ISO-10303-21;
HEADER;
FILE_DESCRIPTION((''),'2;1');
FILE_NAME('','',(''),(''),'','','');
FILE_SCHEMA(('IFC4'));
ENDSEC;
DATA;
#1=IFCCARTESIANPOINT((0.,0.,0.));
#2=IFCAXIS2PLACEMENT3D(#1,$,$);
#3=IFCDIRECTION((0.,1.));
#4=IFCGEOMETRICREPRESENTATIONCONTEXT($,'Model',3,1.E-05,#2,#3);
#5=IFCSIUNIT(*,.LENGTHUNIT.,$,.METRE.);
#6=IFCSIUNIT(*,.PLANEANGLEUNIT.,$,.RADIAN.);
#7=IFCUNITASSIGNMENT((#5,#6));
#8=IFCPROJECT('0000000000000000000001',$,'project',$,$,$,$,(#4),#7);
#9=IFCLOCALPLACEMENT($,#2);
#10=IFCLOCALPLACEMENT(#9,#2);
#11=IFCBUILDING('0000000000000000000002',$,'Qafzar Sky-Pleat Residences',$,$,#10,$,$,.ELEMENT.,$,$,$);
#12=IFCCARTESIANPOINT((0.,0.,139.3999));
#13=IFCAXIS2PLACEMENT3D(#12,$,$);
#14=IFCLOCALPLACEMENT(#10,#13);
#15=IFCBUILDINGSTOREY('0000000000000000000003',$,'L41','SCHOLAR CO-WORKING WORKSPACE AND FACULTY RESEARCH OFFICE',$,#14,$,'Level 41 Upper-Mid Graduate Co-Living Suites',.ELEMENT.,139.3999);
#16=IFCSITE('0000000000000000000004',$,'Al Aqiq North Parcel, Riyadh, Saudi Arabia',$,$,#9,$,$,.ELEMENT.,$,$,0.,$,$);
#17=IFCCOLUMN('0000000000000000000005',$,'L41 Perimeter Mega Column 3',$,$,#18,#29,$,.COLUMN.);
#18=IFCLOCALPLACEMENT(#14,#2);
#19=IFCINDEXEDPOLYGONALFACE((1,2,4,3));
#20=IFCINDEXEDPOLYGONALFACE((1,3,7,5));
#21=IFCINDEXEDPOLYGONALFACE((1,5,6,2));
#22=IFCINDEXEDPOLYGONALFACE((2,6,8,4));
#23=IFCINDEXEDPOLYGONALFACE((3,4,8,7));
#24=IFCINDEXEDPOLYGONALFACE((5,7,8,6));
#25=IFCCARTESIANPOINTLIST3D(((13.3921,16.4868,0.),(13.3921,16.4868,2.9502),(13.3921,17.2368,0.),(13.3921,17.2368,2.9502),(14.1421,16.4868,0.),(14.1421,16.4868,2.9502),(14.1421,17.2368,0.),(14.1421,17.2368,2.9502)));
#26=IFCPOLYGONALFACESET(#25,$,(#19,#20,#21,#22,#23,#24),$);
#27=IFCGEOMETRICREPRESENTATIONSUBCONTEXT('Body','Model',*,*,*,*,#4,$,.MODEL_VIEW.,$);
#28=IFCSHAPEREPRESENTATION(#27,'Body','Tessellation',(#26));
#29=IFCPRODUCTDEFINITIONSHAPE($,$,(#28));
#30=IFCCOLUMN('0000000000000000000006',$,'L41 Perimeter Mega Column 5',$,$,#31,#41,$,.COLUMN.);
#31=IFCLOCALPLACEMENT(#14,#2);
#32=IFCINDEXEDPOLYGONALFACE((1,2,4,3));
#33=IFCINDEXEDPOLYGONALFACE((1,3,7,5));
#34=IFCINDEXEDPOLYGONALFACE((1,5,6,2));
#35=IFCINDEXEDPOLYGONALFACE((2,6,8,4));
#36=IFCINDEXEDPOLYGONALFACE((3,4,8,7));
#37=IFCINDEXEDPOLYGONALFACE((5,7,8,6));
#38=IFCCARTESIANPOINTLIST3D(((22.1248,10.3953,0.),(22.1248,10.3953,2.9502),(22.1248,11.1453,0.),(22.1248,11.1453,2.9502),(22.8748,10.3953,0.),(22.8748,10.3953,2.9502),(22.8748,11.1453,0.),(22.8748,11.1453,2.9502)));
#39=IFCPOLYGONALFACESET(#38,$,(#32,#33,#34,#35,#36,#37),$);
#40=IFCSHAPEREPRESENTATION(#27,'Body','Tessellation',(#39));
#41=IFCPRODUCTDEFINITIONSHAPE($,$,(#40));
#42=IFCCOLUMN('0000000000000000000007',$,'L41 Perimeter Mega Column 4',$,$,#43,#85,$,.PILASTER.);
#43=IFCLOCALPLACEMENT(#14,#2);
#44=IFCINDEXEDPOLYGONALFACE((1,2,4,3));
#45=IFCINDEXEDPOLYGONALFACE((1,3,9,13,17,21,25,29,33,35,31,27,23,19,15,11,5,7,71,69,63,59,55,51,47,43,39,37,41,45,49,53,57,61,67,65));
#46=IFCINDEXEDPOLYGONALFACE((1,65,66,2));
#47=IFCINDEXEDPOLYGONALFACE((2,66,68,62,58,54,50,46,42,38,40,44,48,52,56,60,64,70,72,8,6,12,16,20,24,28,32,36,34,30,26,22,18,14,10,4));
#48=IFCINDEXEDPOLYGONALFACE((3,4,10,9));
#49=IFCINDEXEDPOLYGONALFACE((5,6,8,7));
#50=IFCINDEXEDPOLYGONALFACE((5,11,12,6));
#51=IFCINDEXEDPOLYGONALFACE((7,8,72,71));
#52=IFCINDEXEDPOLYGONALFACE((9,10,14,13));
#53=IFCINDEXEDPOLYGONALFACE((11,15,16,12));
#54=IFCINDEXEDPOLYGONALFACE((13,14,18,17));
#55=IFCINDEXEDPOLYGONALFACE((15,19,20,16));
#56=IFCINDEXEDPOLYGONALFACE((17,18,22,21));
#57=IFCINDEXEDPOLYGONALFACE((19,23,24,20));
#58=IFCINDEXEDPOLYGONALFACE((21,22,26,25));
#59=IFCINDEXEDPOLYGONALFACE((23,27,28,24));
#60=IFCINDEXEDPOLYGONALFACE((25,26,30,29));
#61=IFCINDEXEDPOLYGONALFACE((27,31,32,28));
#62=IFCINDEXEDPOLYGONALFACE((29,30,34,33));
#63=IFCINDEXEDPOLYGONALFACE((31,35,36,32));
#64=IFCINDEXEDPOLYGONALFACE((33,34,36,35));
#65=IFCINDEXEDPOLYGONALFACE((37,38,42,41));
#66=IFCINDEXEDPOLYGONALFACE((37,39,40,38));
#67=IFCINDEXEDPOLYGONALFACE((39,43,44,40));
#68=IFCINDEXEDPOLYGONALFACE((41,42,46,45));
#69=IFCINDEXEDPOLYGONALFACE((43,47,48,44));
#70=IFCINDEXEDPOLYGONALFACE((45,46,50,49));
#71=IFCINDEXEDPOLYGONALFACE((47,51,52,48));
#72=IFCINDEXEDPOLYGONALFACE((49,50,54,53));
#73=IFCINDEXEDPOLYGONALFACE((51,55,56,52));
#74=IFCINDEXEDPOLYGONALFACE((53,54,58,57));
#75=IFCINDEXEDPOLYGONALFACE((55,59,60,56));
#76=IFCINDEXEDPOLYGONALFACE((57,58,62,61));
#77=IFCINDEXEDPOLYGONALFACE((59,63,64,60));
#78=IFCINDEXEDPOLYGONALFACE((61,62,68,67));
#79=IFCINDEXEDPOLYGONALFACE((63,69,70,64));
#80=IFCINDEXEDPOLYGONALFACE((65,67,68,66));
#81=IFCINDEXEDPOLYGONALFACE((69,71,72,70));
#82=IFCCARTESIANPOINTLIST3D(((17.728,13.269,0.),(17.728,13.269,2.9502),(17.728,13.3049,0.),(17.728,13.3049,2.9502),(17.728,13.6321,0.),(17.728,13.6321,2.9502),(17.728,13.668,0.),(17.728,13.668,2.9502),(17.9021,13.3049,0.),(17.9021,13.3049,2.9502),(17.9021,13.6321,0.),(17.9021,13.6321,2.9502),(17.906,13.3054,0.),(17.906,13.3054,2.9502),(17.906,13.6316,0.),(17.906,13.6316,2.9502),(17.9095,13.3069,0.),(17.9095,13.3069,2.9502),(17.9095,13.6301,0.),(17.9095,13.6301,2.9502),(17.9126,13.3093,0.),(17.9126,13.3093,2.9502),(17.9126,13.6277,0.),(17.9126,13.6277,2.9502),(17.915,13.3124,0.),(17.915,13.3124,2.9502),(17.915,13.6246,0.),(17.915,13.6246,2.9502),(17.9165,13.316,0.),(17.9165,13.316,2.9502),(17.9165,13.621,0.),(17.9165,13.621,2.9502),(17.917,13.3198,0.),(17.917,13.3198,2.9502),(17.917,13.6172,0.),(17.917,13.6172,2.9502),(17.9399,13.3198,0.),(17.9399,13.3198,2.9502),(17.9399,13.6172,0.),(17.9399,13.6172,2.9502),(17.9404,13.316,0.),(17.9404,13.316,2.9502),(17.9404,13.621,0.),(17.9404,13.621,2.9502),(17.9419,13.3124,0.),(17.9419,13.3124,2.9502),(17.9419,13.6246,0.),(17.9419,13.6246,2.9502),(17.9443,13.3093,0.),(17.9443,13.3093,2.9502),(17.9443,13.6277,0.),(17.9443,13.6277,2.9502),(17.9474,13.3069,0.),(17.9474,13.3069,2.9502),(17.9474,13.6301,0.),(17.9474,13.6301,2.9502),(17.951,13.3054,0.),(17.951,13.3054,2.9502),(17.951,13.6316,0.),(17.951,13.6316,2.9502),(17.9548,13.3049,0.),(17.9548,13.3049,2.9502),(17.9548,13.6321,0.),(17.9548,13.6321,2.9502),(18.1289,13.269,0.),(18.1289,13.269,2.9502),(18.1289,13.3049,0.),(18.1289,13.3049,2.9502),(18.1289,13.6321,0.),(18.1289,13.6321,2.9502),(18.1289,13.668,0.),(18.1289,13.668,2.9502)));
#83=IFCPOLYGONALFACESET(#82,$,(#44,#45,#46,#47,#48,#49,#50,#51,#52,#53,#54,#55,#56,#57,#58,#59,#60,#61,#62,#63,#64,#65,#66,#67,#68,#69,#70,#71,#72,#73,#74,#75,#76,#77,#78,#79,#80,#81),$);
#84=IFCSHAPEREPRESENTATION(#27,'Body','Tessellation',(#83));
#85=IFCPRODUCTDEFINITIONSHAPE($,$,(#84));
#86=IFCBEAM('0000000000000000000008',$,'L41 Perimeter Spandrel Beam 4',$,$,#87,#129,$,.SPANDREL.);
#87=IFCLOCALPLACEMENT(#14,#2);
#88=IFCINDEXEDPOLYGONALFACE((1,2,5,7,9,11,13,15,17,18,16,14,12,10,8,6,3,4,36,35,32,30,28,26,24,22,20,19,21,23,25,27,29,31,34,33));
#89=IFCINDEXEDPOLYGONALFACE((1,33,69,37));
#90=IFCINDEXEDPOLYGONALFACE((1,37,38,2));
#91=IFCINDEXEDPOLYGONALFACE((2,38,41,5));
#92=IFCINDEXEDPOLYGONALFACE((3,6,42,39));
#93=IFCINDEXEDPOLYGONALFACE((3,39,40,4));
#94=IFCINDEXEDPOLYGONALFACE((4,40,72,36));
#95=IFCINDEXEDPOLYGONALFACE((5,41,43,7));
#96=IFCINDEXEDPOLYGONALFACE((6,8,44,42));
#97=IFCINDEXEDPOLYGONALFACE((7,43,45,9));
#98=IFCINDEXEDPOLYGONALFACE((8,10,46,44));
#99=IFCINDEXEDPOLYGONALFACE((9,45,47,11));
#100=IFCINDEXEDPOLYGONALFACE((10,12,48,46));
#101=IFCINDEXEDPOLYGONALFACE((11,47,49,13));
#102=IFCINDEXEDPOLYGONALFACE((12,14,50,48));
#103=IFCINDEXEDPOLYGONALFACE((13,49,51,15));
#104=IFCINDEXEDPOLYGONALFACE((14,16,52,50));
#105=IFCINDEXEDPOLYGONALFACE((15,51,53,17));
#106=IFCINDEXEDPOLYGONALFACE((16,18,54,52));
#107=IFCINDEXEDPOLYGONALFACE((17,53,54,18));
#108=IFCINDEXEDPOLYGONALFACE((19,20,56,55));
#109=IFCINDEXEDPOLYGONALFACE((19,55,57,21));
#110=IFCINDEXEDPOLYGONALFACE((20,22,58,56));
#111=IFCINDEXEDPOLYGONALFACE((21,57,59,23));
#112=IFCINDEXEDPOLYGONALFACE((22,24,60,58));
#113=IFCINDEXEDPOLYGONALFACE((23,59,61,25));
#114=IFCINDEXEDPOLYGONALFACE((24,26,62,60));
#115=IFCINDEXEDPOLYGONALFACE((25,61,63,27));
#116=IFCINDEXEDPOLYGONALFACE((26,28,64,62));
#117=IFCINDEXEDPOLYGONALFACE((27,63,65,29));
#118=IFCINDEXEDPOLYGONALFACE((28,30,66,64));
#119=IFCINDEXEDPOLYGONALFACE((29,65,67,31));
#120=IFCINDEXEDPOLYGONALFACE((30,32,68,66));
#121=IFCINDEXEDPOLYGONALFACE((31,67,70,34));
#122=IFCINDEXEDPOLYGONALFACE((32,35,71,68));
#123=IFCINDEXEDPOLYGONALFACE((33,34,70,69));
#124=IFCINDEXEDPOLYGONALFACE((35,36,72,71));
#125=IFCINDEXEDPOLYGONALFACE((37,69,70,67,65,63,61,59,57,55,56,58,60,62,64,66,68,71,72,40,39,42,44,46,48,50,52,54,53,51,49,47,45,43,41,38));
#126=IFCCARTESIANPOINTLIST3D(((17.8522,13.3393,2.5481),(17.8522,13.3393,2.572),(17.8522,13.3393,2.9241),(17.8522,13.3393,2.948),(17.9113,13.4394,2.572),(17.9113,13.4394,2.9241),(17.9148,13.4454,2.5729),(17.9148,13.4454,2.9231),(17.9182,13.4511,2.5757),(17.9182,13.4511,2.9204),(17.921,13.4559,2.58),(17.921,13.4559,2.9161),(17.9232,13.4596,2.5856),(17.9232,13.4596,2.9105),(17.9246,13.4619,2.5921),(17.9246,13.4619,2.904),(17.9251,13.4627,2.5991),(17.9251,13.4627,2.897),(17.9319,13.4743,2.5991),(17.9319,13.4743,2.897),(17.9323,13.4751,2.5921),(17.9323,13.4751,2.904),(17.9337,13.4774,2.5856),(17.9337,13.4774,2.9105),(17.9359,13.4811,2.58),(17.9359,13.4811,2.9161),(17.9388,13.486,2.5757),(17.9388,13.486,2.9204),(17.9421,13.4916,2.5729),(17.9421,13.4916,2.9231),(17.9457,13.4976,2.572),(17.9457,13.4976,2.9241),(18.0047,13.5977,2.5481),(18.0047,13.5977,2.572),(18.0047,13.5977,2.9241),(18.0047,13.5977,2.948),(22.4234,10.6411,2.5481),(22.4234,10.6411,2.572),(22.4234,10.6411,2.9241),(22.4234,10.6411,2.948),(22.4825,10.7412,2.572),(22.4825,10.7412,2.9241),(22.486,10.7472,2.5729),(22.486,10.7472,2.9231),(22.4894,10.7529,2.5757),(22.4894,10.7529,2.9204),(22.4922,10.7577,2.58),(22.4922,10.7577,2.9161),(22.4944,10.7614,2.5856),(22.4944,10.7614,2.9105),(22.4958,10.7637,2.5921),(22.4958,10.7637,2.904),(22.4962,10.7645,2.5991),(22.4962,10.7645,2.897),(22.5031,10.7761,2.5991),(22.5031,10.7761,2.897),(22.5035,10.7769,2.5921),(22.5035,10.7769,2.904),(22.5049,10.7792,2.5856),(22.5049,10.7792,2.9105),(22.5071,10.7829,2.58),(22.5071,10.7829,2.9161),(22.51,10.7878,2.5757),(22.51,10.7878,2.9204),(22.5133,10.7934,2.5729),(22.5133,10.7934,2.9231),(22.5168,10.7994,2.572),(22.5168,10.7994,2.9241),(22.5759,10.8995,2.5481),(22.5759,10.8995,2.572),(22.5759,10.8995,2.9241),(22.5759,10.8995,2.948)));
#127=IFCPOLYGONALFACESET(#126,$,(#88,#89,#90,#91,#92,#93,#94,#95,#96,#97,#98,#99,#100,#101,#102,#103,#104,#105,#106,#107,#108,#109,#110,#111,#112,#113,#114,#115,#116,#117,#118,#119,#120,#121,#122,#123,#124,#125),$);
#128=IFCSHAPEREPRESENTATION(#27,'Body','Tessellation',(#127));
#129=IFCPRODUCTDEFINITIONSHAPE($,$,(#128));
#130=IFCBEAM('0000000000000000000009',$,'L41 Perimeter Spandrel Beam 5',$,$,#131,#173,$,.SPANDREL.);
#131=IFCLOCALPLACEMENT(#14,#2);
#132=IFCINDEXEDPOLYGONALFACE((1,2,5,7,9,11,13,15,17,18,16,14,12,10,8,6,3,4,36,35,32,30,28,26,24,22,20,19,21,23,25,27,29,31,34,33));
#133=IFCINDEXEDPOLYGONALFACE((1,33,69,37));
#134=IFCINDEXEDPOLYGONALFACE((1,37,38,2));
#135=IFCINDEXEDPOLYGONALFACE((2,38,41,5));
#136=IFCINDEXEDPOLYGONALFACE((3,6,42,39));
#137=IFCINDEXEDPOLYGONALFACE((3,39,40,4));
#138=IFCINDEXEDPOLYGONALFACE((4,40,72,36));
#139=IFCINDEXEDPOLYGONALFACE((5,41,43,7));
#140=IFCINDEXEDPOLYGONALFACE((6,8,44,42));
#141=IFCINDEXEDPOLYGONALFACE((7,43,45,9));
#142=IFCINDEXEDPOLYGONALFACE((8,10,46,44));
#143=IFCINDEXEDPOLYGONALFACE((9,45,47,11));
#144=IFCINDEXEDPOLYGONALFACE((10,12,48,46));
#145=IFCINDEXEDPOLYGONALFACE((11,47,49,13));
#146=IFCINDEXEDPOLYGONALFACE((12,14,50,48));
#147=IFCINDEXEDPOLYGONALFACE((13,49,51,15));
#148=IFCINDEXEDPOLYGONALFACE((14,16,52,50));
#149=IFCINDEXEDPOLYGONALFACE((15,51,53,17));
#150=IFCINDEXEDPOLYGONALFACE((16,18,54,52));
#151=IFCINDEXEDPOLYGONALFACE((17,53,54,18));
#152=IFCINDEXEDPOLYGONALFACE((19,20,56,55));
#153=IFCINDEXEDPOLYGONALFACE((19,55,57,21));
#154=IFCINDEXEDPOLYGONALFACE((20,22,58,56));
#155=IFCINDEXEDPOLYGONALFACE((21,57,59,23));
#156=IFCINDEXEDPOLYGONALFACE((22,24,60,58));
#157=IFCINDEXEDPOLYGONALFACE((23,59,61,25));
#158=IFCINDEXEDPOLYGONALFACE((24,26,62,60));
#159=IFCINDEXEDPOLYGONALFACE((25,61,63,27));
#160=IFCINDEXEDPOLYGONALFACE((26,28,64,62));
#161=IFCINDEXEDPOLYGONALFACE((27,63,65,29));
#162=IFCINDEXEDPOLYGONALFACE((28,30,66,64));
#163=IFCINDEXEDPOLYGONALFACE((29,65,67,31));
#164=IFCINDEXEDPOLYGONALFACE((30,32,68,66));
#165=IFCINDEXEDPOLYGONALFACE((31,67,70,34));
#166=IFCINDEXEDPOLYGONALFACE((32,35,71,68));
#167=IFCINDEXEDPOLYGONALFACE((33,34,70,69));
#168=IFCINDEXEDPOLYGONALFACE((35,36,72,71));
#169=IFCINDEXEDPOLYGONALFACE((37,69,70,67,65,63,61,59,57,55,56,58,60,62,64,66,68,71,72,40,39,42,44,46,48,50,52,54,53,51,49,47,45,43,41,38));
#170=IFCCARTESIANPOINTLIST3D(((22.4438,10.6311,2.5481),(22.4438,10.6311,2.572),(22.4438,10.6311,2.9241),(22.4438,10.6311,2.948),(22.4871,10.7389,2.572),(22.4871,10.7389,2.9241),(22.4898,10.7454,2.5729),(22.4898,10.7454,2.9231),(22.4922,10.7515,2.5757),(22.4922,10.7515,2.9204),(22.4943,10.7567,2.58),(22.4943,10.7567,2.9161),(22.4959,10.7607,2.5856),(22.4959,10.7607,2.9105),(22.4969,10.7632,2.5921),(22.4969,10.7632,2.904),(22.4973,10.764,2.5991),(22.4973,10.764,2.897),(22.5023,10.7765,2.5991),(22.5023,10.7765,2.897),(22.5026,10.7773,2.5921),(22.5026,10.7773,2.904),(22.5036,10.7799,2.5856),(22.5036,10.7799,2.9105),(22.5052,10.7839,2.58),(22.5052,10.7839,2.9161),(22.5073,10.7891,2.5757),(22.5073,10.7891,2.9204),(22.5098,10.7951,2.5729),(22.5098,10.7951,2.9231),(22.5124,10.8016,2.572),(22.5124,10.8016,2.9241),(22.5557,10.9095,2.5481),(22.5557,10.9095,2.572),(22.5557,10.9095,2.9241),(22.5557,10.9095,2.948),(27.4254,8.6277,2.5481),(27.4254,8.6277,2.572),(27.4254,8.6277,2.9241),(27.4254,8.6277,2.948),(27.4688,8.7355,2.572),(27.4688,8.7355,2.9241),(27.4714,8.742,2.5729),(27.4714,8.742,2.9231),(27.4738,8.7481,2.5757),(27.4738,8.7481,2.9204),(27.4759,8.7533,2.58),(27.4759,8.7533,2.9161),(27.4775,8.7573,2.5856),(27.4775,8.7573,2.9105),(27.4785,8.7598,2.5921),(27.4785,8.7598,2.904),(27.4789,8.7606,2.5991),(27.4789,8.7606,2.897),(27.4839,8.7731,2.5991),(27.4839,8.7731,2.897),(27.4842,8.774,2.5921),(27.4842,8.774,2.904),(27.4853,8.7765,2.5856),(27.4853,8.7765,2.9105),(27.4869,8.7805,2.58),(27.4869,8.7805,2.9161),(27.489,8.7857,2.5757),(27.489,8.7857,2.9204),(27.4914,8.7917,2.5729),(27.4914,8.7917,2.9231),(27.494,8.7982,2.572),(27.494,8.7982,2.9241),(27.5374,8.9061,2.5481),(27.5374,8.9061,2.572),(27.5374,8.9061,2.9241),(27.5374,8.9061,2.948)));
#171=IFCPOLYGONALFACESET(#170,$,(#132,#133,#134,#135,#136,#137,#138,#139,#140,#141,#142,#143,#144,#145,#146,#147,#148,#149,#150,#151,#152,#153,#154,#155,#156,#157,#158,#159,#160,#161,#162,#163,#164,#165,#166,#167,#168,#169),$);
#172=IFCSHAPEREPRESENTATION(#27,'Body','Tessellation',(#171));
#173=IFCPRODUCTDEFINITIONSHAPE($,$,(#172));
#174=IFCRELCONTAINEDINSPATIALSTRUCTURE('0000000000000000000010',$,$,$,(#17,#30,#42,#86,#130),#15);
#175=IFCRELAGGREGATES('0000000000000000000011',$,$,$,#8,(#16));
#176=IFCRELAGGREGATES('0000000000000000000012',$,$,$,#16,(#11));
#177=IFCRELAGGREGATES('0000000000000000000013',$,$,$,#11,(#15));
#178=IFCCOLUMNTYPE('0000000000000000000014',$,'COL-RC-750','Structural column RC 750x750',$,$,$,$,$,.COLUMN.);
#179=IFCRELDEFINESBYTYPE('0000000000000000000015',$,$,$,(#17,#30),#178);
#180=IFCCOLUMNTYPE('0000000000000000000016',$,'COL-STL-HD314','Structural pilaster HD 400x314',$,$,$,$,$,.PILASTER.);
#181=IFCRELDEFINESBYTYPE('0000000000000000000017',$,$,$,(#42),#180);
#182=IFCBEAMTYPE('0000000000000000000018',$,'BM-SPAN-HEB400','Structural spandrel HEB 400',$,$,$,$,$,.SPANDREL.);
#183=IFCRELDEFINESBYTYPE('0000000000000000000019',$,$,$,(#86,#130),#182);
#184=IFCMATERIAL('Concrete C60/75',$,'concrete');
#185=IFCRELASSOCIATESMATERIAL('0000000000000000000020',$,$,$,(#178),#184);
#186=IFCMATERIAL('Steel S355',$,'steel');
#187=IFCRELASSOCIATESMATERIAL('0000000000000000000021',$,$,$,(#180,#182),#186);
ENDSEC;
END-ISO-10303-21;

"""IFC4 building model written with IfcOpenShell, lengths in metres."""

from ifc_helpers import new_model, si_unit, direction, frame, origin, origin_2d, place, context, subcontext, project, spatial, rectangle, i_section, extrude, source, transform, mapped, material, material_profile, profile_set, type_object, element, save


model = new_model("IFC4")

# Units and contexts
model_context = context("Model", 3, precision=1e-05, world=origin(), true_north=direction((0.0, 1.0)))
body_context = subcontext(model_context, "Body", "Model", "MODEL_VIEW")
ifc_project = project(units=[si_unit("LENGTHUNIT", "METRE"), si_unit("PLANEANGLEUNIT", "RADIAN")], contexts=[model_context])

# Site, building, storey
site_placement = place(None, origin())
site = spatial("IfcSite", under=ifc_project, at=site_placement, Name="Al Aqiq North Parcel, Riyadh, Saudi Arabia", CompositionType="ELEMENT", RefElevation=0.0)
building_placement = place(site_placement, origin())
building = spatial("IfcBuilding", under=site, at=building_placement, Name="Qafzar Sky-Pleat Residences", CompositionType="ELEMENT")
storey_placement = place(building_placement, frame((0.0, 0.0, 139.3999)))
storey = spatial("IfcBuildingStorey", under=building, at=storey_placement, Name="L41", Description="SCHOLAR CO-WORKING WORKSPACE AND FACULTY RESEARCH OFFICE", LongName="Level 41 Upper-Mid Graduate Co-Living Suites", CompositionType="ELEMENT", Elevation=139.3999)

# Columns
ifc_material_1 = material(Name="Concrete C60/75", Category="concrete")
ifc_material_profile_1 = material_profile(ifc_material_1, rectangle(XDim=0.75, YDim=0.75, at=origin_2d()), Name="RC 750x750")
ifc_profile_set_1 = profile_set([ifc_material_profile_1], Name="Concrete C60/75")
column_type_1 = type_object("IfcColumnType", Name="COL-RC-750", Description="Structural column RC 750x750", PredefinedType="COLUMN", material=ifc_profile_set_1)
shared_shape_1 = source(origin(), body_context, "Body", "SweptSolid", [
    extrude(rectangle(XDim=0.75, YDim=0.75, at=origin_2d()), origin(), (0.0, 0.0, 1.0), 2.9502),
])
for number, where, z_axis, x_axis, name in (
    (1, (13.7671, 16.8618, 0.0), (0.0, 0.0, 1.0), (1.0, 0.0, 0.0), "L41 Perimeter Mega Column 3"),
    (2, (22.4998, 10.7703, 0.0), (0.0, 0.0, 1.0), (1.0, 0.0, 0.0), "L41 Perimeter Mega Column 5"),
):
    element("IfcColumn", number, at=place(storey_placement, frame(where, z_axis=z_axis, x_axis=x_axis)), inside=storey, type_object=column_type_1, Name=name, PredefinedType="COLUMN", context=body_context, shape_type="MappedRepresentation", body=[
        mapped(shared_shape_1, transform((0.0, 0.0, 0.0), x_axis=(1.0, 0.0, 0.0), y_axis=(0.0, 1.0, 0.0), z_axis=(0.0, 0.0, 1.0), scale=1.0)),
    ])
ifc_material_2 = material(Name="Steel S355", Category="steel")
ifc_material_profile_2 = material_profile(ifc_material_2, i_section(OverallWidth=0.4009, OverallDepth=0.3989, WebThickness=0.0229, FlangeThickness=0.0359, FilletRadius=0.0149, at=origin_2d()), Name="HD 400x314")
ifc_profile_set_2 = profile_set([ifc_material_profile_2], Name="Steel S355")
column_type_2 = type_object("IfcColumnType", Name="COL-STL-HD314", Description="Structural pilaster HD 400x314", PredefinedType="PILASTER", material=ifc_profile_set_2)
shared_shape_2 = source(origin(), body_context, "Body", "SweptSolid", [
    extrude(i_section(OverallWidth=0.4009, OverallDepth=0.3989, WebThickness=0.0229, FlangeThickness=0.0359, FilletRadius=0.0149, at=origin_2d()), origin(), (0.0, 0.0, 1.0), 2.9502),
])
column_placement = place(storey_placement, frame((17.9285, 13.4685, 0.0), z_axis=(0.0, 0.0, 1.0), x_axis=(1.0, 0.0, 0.0)))
element("IfcColumn", 3, at=column_placement, inside=storey, type_object=column_type_2, Name="L41 Perimeter Mega Column 4", PredefinedType="PILASTER", context=body_context, shape_type="MappedRepresentation", body=[
    mapped(shared_shape_2, transform((0.0, 0.0, 0.0), x_axis=(1.0, 0.0, 0.0), y_axis=(0.0, 1.0, 0.0), z_axis=(0.0, 0.0, 1.0), scale=1.0)),
])

# Beams
ifc_material_profile_3 = material_profile(ifc_material_2, i_section(OverallWidth=0.3, OverallDepth=0.3999, WebThickness=0.0134, FlangeThickness=0.0239, FilletRadius=0.0271, at=origin_2d()), Name="HEB 400")
ifc_profile_set_3 = profile_set([ifc_material_profile_3], Name="Steel S355")
beam_type_1 = type_object("IfcBeamType", Name="BM-SPAN-HEB400", Description="Structural spandrel HEB 400", PredefinedType="SPANDREL", material=ifc_profile_set_3)
shared_shape_3 = source(origin(), body_context, "Body", "SweptSolid", [
    extrude(i_section(OverallWidth=0.3, OverallDepth=0.3999, WebThickness=0.0134, FlangeThickness=0.0239, FilletRadius=0.0271, at=origin_2d()), origin(), (0.0, 0.0, 1.0), 5.3081),
])
beam_1_placement = place(storey_placement, frame((17.9285, 13.4685, 2.748), z_axis=(0.861172, -0.508314, 0.0), x_axis=(0.508314, 0.861172, 0.0)))
element("IfcBeam", 4, at=beam_1_placement, inside=storey, type_object=beam_type_1, Name="L41 Perimeter Spandrel Beam 4", PredefinedType="SPANDREL", context=body_context, shape_type="MappedRepresentation", body=[
    mapped(shared_shape_3, transform((0.0, 0.0, 0.0), x_axis=(1.0, 0.0, 0.0), y_axis=(0.0, 1.0, 0.0), z_axis=(0.0, 0.0, 1.0), scale=1.0)),
])
shared_shape_4 = source(origin(), body_context, "Body", "SweptSolid", [
    extrude(i_section(OverallWidth=0.3, OverallDepth=0.3999, WebThickness=0.0134, FlangeThickness=0.0239, FilletRadius=0.0271, at=origin_2d()), origin(), (0.0, 0.0, 1.0), 5.3694),
])
beam_2_placement = place(storey_placement, frame((22.4998, 10.7703, 2.748), z_axis=(0.927785, -0.373115, 0.0), x_axis=(0.373115, 0.927785, 0.0)))
element("IfcBeam", 5, at=beam_2_placement, inside=storey, type_object=beam_type_1, Name="L41 Perimeter Spandrel Beam 5", PredefinedType="SPANDREL", context=body_context, shape_type="MappedRepresentation", body=[
    mapped(shared_shape_4, transform((0.0, 0.0, 0.0), x_axis=(1.0, 0.0, 0.0), y_axis=(0.0, 1.0, 0.0), z_axis=(0.0, 0.0, 1.0), scale=1.0)),
])

save(model, "model.ifc")
